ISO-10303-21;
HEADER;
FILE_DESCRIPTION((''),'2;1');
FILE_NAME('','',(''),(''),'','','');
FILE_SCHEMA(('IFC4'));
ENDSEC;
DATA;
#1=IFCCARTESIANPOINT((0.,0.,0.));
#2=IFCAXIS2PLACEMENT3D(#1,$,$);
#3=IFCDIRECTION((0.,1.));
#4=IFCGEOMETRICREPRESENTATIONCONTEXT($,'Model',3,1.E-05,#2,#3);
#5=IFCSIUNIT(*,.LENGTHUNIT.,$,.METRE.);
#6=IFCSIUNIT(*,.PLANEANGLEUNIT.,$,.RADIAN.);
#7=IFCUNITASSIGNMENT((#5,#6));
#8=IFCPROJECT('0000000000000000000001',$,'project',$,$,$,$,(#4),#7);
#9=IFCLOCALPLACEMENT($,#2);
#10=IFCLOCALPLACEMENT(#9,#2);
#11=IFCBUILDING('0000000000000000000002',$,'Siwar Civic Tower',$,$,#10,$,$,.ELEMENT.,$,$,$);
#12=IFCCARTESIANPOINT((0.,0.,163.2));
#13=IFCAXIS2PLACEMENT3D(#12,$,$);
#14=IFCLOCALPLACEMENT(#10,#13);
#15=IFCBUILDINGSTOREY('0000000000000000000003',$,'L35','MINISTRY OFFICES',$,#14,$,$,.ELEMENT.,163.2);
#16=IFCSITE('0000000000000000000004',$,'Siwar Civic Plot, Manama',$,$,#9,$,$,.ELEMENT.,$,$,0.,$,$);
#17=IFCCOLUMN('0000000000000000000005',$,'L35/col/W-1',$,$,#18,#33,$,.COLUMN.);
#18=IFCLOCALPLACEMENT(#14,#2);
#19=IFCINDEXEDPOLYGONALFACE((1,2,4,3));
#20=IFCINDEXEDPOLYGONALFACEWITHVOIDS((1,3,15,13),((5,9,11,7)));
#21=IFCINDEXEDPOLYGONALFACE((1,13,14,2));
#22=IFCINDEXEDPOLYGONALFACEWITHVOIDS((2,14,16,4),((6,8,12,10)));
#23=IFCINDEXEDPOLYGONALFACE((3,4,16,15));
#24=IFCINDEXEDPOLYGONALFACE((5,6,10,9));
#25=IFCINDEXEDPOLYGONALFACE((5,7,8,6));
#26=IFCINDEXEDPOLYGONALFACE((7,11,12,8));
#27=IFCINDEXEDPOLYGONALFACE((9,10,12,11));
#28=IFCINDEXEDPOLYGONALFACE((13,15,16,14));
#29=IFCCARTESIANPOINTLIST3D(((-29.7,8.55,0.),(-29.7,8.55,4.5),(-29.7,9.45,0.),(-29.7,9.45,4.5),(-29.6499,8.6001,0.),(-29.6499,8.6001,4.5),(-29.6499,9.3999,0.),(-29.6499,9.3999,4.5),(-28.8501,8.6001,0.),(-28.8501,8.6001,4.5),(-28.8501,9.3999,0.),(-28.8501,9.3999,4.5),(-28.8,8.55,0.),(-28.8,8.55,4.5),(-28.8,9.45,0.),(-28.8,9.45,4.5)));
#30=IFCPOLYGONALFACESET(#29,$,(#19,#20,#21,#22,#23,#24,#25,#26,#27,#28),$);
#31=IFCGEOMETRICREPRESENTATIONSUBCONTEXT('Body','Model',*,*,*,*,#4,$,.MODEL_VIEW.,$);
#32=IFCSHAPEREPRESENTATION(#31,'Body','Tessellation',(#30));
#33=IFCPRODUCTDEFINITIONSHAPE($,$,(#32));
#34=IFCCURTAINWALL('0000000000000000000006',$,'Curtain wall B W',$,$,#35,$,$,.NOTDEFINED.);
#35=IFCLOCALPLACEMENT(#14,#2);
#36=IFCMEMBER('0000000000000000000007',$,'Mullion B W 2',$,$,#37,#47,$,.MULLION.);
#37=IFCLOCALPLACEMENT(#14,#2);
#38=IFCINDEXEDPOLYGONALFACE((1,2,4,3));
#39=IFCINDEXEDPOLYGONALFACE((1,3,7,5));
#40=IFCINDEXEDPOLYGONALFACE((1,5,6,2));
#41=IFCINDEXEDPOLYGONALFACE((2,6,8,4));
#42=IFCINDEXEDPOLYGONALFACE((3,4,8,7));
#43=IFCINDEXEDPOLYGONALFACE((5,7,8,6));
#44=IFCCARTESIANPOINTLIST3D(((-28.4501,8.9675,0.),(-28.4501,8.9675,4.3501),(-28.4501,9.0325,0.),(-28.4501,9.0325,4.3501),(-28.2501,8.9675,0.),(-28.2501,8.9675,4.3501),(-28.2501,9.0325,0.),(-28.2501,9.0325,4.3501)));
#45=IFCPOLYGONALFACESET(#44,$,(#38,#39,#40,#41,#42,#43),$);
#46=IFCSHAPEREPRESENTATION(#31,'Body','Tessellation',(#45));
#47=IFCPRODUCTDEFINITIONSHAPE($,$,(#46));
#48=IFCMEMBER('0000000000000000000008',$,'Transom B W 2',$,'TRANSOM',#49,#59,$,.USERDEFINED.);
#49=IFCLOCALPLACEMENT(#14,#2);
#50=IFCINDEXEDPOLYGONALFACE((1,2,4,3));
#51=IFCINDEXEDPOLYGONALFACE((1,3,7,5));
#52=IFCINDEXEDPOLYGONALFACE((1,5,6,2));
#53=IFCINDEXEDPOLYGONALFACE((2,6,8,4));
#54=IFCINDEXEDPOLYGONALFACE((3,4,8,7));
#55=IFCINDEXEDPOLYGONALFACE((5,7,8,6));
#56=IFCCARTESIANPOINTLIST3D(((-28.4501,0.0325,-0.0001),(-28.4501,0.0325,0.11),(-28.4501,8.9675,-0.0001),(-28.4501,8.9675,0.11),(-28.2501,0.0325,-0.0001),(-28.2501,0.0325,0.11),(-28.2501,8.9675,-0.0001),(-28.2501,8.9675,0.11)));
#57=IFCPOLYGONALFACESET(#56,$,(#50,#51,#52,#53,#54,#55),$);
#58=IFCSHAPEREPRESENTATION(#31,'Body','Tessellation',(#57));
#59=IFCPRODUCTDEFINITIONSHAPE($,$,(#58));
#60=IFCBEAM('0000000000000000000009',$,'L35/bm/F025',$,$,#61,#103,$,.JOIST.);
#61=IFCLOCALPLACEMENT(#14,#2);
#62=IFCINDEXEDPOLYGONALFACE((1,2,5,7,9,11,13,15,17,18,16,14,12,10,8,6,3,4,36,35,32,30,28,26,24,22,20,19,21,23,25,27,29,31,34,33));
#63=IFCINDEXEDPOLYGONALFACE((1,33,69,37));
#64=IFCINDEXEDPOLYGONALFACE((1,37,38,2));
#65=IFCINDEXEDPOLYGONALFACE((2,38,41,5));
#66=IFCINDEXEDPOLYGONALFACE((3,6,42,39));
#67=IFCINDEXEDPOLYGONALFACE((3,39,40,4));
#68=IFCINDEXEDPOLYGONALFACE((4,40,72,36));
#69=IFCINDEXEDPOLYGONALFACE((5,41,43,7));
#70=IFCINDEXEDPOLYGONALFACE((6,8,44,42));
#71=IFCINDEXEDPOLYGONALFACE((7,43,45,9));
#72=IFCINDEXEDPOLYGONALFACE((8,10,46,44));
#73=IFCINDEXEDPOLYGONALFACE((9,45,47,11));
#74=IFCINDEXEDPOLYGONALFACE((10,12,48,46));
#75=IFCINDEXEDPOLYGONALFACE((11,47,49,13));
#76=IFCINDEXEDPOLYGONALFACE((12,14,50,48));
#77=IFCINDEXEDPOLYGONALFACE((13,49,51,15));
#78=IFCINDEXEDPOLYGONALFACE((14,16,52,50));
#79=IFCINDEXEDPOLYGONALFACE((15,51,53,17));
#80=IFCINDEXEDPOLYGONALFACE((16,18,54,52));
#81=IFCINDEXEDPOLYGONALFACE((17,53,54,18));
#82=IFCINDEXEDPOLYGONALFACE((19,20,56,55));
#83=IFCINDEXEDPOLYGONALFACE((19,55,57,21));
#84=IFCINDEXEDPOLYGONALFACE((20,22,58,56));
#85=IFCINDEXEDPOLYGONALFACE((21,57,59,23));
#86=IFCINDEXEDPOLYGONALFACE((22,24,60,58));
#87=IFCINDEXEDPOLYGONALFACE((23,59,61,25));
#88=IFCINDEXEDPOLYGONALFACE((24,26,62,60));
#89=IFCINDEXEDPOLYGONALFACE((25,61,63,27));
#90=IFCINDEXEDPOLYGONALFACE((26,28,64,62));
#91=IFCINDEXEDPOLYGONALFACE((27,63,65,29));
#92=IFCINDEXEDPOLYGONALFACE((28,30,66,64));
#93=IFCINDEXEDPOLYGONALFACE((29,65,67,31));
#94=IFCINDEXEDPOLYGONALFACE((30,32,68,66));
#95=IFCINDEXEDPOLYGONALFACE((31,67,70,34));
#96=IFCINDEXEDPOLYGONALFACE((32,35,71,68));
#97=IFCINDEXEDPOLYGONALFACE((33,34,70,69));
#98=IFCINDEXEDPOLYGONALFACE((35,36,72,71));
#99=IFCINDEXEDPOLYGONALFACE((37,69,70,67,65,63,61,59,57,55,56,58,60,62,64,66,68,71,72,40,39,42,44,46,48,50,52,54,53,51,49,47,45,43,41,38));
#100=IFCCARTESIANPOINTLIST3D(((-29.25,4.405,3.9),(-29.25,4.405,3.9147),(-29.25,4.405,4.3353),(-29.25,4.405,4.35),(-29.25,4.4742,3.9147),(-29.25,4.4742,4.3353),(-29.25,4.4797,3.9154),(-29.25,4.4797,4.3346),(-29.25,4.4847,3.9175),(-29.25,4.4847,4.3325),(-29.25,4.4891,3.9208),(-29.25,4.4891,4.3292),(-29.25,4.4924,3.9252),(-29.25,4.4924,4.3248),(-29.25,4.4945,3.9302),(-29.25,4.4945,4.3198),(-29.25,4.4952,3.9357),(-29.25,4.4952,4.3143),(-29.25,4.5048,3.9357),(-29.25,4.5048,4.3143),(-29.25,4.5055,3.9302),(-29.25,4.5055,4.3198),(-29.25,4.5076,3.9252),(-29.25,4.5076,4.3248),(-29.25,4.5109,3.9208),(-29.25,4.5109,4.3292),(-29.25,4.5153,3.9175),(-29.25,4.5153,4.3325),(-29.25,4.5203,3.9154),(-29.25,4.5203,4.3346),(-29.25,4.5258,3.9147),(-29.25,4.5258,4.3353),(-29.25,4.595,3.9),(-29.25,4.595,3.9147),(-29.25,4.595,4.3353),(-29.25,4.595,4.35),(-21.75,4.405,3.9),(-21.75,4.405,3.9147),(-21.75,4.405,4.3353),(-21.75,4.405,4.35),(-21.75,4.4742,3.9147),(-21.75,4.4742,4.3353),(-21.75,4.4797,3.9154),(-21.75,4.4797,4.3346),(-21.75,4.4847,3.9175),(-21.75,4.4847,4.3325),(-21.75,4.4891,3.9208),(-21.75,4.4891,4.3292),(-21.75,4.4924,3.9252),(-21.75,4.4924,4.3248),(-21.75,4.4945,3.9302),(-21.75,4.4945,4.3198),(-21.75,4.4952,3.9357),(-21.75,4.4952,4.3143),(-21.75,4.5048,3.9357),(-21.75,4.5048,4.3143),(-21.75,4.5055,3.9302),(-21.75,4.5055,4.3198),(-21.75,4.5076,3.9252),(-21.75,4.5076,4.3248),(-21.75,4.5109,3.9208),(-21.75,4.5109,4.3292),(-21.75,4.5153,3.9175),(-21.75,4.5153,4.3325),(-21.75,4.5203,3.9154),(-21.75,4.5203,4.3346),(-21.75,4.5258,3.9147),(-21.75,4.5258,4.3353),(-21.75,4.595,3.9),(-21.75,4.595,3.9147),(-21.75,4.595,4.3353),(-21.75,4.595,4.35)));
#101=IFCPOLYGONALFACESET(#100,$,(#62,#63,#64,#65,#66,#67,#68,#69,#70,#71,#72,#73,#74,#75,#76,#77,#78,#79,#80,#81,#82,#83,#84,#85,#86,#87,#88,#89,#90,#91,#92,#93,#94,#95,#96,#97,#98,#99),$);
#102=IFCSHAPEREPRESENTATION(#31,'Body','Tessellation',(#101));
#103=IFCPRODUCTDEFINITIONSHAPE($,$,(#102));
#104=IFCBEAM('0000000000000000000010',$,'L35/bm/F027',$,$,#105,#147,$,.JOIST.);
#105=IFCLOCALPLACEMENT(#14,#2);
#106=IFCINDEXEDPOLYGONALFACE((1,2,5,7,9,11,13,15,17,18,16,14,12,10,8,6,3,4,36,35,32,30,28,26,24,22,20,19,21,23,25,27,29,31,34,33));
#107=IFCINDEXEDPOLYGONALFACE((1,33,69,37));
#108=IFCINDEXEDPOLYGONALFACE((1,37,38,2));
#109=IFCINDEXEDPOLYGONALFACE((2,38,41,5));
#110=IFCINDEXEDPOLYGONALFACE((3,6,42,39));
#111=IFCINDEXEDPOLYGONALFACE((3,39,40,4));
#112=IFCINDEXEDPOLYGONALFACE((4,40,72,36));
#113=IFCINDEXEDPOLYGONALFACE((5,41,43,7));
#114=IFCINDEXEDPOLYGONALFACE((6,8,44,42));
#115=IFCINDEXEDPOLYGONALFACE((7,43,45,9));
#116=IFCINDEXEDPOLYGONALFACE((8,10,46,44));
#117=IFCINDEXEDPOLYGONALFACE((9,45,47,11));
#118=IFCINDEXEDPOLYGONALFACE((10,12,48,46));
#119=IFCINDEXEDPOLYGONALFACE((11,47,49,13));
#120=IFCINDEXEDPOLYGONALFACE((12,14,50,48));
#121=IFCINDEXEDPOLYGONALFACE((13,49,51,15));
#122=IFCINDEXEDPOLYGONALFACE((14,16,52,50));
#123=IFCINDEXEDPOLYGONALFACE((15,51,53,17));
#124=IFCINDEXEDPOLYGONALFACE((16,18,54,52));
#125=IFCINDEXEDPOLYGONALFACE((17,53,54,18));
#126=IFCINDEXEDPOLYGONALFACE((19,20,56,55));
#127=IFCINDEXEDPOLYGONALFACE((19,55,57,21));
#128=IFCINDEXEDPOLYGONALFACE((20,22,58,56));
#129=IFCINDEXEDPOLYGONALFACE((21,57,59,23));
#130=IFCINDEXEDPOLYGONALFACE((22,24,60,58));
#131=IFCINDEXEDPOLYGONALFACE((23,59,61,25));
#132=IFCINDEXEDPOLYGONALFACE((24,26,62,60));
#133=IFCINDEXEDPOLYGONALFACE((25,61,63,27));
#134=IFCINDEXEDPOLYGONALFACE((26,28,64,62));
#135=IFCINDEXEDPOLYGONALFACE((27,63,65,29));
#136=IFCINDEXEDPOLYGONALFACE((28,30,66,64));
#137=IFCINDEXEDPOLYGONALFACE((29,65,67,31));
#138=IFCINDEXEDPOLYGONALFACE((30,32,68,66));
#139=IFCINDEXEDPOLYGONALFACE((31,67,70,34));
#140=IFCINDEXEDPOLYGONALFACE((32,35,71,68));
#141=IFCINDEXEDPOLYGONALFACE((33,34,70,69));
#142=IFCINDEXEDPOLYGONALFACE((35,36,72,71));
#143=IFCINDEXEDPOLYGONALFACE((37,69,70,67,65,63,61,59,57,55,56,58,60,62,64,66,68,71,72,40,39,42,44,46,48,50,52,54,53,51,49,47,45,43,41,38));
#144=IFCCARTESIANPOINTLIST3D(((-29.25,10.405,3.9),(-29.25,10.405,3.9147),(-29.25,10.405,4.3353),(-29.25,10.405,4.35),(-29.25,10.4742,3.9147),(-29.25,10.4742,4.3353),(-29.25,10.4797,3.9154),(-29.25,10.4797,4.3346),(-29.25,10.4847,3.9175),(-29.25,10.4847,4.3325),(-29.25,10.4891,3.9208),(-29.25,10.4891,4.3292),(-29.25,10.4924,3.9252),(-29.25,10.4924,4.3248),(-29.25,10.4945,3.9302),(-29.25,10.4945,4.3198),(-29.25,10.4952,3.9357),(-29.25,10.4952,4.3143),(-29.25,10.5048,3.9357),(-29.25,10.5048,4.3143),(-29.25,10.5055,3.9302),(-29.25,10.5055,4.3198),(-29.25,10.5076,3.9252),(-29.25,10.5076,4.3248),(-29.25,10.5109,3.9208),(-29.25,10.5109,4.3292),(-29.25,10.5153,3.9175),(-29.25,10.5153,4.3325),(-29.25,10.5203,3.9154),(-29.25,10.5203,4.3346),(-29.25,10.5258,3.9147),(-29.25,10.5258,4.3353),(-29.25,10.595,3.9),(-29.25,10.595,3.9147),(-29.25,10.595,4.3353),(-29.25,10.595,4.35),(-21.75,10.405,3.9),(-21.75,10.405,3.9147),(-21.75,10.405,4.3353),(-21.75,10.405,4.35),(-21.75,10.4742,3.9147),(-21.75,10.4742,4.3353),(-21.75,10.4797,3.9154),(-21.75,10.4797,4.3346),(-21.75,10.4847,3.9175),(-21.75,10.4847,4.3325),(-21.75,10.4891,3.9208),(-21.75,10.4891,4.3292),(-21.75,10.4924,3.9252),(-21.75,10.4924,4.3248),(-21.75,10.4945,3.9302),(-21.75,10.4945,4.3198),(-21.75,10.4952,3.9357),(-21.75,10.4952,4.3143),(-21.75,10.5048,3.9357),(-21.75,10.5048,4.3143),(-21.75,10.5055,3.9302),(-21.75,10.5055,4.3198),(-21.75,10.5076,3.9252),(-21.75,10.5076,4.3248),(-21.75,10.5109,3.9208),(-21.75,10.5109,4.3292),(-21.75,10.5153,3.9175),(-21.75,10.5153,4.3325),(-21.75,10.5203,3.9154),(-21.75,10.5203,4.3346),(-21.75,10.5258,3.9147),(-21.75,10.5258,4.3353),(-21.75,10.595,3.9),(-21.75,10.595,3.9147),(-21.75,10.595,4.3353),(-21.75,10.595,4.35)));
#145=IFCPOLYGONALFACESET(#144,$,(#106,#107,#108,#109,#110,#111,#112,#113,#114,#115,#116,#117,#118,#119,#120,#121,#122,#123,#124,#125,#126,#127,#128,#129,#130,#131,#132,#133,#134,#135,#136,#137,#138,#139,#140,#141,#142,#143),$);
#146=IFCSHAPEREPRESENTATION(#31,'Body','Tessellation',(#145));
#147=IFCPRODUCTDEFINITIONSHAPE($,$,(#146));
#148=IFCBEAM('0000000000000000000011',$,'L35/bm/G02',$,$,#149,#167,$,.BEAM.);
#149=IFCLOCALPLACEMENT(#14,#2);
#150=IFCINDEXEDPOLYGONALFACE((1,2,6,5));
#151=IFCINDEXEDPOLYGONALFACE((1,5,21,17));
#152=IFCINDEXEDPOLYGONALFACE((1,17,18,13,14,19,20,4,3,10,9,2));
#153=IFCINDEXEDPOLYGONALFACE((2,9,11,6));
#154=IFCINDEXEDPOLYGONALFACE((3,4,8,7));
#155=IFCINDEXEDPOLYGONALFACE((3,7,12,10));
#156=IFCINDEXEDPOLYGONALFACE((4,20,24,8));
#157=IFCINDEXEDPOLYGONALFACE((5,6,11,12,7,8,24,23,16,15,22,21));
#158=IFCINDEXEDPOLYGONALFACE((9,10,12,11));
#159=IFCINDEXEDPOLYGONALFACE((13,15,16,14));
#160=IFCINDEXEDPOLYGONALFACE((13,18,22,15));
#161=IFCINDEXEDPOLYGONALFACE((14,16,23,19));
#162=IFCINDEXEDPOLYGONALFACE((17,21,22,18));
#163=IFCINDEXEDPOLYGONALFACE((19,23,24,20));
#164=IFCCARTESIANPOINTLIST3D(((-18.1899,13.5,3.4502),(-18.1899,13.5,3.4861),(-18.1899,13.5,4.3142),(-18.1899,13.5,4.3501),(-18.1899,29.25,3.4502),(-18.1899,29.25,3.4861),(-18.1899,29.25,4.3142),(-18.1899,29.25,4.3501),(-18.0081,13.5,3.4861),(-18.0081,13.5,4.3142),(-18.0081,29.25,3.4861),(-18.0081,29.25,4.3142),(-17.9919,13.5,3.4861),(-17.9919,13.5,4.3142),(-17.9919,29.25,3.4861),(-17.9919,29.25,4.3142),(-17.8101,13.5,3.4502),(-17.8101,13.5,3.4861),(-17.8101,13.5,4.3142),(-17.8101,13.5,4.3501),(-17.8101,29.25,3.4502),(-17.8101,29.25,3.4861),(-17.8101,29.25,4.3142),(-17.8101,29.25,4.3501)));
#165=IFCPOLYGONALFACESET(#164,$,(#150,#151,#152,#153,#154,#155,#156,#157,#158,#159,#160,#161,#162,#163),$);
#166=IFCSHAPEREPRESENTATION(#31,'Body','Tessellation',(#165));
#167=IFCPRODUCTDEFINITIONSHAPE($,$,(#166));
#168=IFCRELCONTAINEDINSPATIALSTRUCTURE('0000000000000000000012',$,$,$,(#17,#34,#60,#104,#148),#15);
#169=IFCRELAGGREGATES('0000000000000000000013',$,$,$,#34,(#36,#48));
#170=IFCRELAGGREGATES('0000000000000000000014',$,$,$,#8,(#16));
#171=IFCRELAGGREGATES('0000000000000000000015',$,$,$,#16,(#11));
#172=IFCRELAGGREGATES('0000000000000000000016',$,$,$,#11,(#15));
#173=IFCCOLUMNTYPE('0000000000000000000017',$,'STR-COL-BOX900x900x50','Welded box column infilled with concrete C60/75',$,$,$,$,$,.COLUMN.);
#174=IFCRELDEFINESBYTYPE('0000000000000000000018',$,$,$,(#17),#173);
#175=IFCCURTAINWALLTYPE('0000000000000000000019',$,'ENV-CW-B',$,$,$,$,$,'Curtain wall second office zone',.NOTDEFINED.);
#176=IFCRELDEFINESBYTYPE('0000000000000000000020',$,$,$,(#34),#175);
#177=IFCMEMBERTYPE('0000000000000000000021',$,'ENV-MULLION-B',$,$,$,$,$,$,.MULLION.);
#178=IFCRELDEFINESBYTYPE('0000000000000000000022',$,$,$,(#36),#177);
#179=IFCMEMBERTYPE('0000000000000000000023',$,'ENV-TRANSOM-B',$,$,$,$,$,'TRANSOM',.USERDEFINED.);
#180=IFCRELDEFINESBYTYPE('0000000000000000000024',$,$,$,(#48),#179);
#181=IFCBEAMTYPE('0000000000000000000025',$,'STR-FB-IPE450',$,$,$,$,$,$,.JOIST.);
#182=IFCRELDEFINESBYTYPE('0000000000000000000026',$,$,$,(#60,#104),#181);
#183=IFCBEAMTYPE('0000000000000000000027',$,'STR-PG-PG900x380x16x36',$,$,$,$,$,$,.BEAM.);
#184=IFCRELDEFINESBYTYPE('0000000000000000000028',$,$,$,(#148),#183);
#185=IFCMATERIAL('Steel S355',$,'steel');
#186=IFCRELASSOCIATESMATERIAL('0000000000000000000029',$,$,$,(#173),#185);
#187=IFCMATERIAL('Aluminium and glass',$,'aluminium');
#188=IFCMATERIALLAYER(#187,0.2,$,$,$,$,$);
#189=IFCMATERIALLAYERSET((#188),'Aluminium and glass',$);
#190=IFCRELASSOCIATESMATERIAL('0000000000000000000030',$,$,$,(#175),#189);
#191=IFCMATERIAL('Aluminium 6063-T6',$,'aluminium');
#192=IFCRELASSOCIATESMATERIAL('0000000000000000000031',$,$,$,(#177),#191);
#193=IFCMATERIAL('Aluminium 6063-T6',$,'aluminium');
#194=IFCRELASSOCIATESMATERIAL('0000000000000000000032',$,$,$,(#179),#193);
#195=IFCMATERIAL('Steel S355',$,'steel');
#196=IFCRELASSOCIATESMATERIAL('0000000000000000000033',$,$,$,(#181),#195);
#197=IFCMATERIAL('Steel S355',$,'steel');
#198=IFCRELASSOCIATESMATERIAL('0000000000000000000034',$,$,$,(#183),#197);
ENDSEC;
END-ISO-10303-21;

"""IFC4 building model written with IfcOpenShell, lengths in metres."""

from ifc_helpers import new_model, si_unit, direction, frame, origin, origin_2d, place, context, subcontext, project, spatial, rectangle, hollow_rectangle, i_section, extrude, material, layer, layer_set, material_profile, profile_set, type_object, element, aggregate, save


model = new_model("IFC4")

# Units and contexts
model_context = context("Model", 3, precision=1e-05, world=origin(), true_north=direction((0.0, 1.0)))
body_context = subcontext(model_context, "Body", "Model", "MODEL_VIEW")
ifc_project = project(units=[si_unit("LENGTHUNIT", "METRE"), si_unit("PLANEANGLEUNIT", "RADIAN")], contexts=[model_context])

# Site, building, storey
site_placement = place(None, origin())
site = spatial("IfcSite", under=ifc_project, at=site_placement, Name="Siwar Civic Plot, Manama", CompositionType="ELEMENT", RefElevation=0.0)
building_placement = place(site_placement, origin())
building = spatial("IfcBuilding", under=site, at=building_placement, Name="Siwar Civic Tower", CompositionType="ELEMENT")
storey_placement = place(building_placement, frame((0.0, 0.0, 163.2)))
storey = spatial("IfcBuildingStorey", under=building, at=storey_placement, Name="L35", Description="MINISTRY OFFICES", CompositionType="ELEMENT", Elevation=163.2)

# Column
ifc_material_1 = material(Name="Steel S355", Category="steel")
ifc_material_profile_1 = material_profile(ifc_material_1, hollow_rectangle(XDim=0.8999, YDim=0.8999, WallThickness=0.05, at=origin_2d()), Name="BOX900x900x50")
ifc_profile_set_1 = profile_set([ifc_material_profile_1], Name="Steel S355")
column_type = type_object("IfcColumnType", Name="STR-COL-BOX900x900x50", Description="Welded box column infilled with concrete C60/75", PredefinedType="COLUMN", material=ifc_profile_set_1)
column_placement = place(storey_placement, frame((-29.25, 9.0, 0.0), z_axis=(0.0, 0.0, 1.0), x_axis=(1.0, 0.0, 0.0)))
element("IfcColumn", 1, at=column_placement, inside=storey, type_object=column_type, Name="L35/col/W-1", PredefinedType="COLUMN", context=body_context, shape_type="SweptSolid", body=[
    extrude(hollow_rectangle(XDim=0.8999, YDim=0.8999, WallThickness=0.05, at=origin_2d()), origin(), (0.0, 0.0, 1.0), 4.5),
])

# Curtain wall, members
ifc_material_2 = material(Name="Aluminium and glass", Category="aluminium")
ifc_layer_1 = layer(ifc_material_2, 0.2)
ifc_layer_set_1 = layer_set([ifc_layer_1], Name="Aluminium and glass")
curtain_wall_type = type_object("IfcCurtainWallType", Name="ENV-CW-B", ElementType="Curtain wall second office zone", PredefinedType="NOTDEFINED", material=ifc_layer_set_1)
curtain_wall_placement = place(storey_placement, origin())
curtain_wall = element("IfcCurtainWall", 2, at=curtain_wall_placement, inside=storey, type_object=curtain_wall_type, Name="Curtain wall B W", PredefinedType="NOTDEFINED")
ifc_material_3 = material(Name="Aluminium 6063-T6", Category="aluminium")
ifc_material_profile_2 = material_profile(ifc_material_3, rectangle(XDim=0.2, YDim=0.0649, at=origin_2d()), Name="AL 200x65")
ifc_profile_set_2 = profile_set([ifc_material_profile_2], Name="Aluminium 6063-T6")
member_type_1 = type_object("IfcMemberType", Name="ENV-MULLION-B", PredefinedType="MULLION", material=ifc_profile_set_2)
member_1_placement = place(storey_placement, frame((-28.3501, 9.0, 0.0), z_axis=(0.0, 0.0, 1.0), x_axis=(1.0, 0.0, 0.0)))
member_1 = element("IfcMember", 3, at=member_1_placement, type_object=member_type_1, Name="Mullion B W 2", PredefinedType="MULLION", context=body_context, shape_type="SweptSolid", body=[
    extrude(rectangle(XDim=0.2, YDim=0.0649, at=origin_2d()), origin(), (0.0, 0.0, 1.0), 4.3501),
])
ifc_material_4 = material(Name="Aluminium 6063-T6", Category="aluminium")
ifc_material_profile_3 = material_profile(ifc_material_4, rectangle(XDim=0.2, YDim=0.1101, at=origin_2d()), Name="AL 200x110")
ifc_profile_set_3 = profile_set([ifc_material_profile_3], Name="Aluminium 6063-T6")
member_type_2 = type_object("IfcMemberType", Name="ENV-TRANSOM-B", ElementType="TRANSOM", PredefinedType="USERDEFINED", material=ifc_profile_set_3)
member_2_placement = place(storey_placement, frame((-28.3501, 8.9675, 0.0549), z_axis=(0.0, -1.0, 0.0), x_axis=(1.0, 0.0, 0.0)))
member_2 = element("IfcMember", 4, at=member_2_placement, type_object=member_type_2, Name="Transom B W 2", ObjectType="TRANSOM", PredefinedType="USERDEFINED", context=body_context, shape_type="SweptSolid", body=[
    extrude(rectangle(XDim=0.2, YDim=0.1101, at=origin_2d()), origin(), (0.0, 0.0, 1.0), 8.9351),
])

# Beams
ifc_material_5 = material(Name="Steel S355", Category="steel")
ifc_material_profile_4 = material_profile(ifc_material_5, i_section(OverallWidth=0.1899, OverallDepth=0.45, WebThickness=0.0095, FlangeThickness=0.0146, FilletRadius=0.021, at=origin_2d()), Name="IPE450")
ifc_profile_set_4 = profile_set([ifc_material_profile_4], Name="Steel S355")
beam_type_1 = type_object("IfcBeamType", Name="STR-FB-IPE450", PredefinedType="JOIST", material=ifc_profile_set_4)
for number, where, z_axis, x_axis, name in (
    (5, (-29.25, 4.5, 4.125), (1.0, 0.0, 0.0), (0.0, 1.0, 0.0), "L35/bm/F025"),
    (6, (-29.25, 10.5, 4.125), (1.0, 0.0, 0.0), (0.0, 1.0, 0.0), "L35/bm/F027"),
):
    element("IfcBeam", number, at=place(storey_placement, frame(where, z_axis=z_axis, x_axis=x_axis)), inside=storey, type_object=beam_type_1, Name=name, PredefinedType="JOIST", context=body_context, shape_type="SweptSolid", body=[
        extrude(i_section(OverallWidth=0.1899, OverallDepth=0.45, WebThickness=0.0095, FlangeThickness=0.0146, FilletRadius=0.021, at=origin_2d()), origin(), (0.0, 0.0, 1.0), 7.5),
    ])
ifc_material_6 = material(Name="Steel S355", Category="steel")
ifc_material_profile_5 = material_profile(ifc_material_6, i_section(OverallWidth=0.3799, OverallDepth=0.8999, WebThickness=0.0161, FlangeThickness=0.0359, at=origin_2d()), Name="PG900x380x16x36")
ifc_profile_set_5 = profile_set([ifc_material_profile_5], Name="Steel S355")
beam_type_2 = type_object("IfcBeamType", Name="STR-PG-PG900x380x16x36", PredefinedType="BEAM", material=ifc_profile_set_5)
beam_1_placement = place(storey_placement, frame((-18.0, 13.5, 3.9001), z_axis=(0.0, 1.0, 0.0), x_axis=(-1.0, 0.0, 0.0)))
element("IfcBeam", 7, at=beam_1_placement, inside=storey, type_object=beam_type_2, Name="L35/bm/G02", PredefinedType="BEAM", context=body_context, shape_type="SweptSolid", body=[
    extrude(i_section(OverallWidth=0.3799, OverallDepth=0.8999, WebThickness=0.0161, FlangeThickness=0.0359, at=origin_2d()), origin(), (0.0, 0.0, 1.0), 15.75),
])

aggregate(curtain_wall, [member_1, member_2])

save(model, "model.ifc")
